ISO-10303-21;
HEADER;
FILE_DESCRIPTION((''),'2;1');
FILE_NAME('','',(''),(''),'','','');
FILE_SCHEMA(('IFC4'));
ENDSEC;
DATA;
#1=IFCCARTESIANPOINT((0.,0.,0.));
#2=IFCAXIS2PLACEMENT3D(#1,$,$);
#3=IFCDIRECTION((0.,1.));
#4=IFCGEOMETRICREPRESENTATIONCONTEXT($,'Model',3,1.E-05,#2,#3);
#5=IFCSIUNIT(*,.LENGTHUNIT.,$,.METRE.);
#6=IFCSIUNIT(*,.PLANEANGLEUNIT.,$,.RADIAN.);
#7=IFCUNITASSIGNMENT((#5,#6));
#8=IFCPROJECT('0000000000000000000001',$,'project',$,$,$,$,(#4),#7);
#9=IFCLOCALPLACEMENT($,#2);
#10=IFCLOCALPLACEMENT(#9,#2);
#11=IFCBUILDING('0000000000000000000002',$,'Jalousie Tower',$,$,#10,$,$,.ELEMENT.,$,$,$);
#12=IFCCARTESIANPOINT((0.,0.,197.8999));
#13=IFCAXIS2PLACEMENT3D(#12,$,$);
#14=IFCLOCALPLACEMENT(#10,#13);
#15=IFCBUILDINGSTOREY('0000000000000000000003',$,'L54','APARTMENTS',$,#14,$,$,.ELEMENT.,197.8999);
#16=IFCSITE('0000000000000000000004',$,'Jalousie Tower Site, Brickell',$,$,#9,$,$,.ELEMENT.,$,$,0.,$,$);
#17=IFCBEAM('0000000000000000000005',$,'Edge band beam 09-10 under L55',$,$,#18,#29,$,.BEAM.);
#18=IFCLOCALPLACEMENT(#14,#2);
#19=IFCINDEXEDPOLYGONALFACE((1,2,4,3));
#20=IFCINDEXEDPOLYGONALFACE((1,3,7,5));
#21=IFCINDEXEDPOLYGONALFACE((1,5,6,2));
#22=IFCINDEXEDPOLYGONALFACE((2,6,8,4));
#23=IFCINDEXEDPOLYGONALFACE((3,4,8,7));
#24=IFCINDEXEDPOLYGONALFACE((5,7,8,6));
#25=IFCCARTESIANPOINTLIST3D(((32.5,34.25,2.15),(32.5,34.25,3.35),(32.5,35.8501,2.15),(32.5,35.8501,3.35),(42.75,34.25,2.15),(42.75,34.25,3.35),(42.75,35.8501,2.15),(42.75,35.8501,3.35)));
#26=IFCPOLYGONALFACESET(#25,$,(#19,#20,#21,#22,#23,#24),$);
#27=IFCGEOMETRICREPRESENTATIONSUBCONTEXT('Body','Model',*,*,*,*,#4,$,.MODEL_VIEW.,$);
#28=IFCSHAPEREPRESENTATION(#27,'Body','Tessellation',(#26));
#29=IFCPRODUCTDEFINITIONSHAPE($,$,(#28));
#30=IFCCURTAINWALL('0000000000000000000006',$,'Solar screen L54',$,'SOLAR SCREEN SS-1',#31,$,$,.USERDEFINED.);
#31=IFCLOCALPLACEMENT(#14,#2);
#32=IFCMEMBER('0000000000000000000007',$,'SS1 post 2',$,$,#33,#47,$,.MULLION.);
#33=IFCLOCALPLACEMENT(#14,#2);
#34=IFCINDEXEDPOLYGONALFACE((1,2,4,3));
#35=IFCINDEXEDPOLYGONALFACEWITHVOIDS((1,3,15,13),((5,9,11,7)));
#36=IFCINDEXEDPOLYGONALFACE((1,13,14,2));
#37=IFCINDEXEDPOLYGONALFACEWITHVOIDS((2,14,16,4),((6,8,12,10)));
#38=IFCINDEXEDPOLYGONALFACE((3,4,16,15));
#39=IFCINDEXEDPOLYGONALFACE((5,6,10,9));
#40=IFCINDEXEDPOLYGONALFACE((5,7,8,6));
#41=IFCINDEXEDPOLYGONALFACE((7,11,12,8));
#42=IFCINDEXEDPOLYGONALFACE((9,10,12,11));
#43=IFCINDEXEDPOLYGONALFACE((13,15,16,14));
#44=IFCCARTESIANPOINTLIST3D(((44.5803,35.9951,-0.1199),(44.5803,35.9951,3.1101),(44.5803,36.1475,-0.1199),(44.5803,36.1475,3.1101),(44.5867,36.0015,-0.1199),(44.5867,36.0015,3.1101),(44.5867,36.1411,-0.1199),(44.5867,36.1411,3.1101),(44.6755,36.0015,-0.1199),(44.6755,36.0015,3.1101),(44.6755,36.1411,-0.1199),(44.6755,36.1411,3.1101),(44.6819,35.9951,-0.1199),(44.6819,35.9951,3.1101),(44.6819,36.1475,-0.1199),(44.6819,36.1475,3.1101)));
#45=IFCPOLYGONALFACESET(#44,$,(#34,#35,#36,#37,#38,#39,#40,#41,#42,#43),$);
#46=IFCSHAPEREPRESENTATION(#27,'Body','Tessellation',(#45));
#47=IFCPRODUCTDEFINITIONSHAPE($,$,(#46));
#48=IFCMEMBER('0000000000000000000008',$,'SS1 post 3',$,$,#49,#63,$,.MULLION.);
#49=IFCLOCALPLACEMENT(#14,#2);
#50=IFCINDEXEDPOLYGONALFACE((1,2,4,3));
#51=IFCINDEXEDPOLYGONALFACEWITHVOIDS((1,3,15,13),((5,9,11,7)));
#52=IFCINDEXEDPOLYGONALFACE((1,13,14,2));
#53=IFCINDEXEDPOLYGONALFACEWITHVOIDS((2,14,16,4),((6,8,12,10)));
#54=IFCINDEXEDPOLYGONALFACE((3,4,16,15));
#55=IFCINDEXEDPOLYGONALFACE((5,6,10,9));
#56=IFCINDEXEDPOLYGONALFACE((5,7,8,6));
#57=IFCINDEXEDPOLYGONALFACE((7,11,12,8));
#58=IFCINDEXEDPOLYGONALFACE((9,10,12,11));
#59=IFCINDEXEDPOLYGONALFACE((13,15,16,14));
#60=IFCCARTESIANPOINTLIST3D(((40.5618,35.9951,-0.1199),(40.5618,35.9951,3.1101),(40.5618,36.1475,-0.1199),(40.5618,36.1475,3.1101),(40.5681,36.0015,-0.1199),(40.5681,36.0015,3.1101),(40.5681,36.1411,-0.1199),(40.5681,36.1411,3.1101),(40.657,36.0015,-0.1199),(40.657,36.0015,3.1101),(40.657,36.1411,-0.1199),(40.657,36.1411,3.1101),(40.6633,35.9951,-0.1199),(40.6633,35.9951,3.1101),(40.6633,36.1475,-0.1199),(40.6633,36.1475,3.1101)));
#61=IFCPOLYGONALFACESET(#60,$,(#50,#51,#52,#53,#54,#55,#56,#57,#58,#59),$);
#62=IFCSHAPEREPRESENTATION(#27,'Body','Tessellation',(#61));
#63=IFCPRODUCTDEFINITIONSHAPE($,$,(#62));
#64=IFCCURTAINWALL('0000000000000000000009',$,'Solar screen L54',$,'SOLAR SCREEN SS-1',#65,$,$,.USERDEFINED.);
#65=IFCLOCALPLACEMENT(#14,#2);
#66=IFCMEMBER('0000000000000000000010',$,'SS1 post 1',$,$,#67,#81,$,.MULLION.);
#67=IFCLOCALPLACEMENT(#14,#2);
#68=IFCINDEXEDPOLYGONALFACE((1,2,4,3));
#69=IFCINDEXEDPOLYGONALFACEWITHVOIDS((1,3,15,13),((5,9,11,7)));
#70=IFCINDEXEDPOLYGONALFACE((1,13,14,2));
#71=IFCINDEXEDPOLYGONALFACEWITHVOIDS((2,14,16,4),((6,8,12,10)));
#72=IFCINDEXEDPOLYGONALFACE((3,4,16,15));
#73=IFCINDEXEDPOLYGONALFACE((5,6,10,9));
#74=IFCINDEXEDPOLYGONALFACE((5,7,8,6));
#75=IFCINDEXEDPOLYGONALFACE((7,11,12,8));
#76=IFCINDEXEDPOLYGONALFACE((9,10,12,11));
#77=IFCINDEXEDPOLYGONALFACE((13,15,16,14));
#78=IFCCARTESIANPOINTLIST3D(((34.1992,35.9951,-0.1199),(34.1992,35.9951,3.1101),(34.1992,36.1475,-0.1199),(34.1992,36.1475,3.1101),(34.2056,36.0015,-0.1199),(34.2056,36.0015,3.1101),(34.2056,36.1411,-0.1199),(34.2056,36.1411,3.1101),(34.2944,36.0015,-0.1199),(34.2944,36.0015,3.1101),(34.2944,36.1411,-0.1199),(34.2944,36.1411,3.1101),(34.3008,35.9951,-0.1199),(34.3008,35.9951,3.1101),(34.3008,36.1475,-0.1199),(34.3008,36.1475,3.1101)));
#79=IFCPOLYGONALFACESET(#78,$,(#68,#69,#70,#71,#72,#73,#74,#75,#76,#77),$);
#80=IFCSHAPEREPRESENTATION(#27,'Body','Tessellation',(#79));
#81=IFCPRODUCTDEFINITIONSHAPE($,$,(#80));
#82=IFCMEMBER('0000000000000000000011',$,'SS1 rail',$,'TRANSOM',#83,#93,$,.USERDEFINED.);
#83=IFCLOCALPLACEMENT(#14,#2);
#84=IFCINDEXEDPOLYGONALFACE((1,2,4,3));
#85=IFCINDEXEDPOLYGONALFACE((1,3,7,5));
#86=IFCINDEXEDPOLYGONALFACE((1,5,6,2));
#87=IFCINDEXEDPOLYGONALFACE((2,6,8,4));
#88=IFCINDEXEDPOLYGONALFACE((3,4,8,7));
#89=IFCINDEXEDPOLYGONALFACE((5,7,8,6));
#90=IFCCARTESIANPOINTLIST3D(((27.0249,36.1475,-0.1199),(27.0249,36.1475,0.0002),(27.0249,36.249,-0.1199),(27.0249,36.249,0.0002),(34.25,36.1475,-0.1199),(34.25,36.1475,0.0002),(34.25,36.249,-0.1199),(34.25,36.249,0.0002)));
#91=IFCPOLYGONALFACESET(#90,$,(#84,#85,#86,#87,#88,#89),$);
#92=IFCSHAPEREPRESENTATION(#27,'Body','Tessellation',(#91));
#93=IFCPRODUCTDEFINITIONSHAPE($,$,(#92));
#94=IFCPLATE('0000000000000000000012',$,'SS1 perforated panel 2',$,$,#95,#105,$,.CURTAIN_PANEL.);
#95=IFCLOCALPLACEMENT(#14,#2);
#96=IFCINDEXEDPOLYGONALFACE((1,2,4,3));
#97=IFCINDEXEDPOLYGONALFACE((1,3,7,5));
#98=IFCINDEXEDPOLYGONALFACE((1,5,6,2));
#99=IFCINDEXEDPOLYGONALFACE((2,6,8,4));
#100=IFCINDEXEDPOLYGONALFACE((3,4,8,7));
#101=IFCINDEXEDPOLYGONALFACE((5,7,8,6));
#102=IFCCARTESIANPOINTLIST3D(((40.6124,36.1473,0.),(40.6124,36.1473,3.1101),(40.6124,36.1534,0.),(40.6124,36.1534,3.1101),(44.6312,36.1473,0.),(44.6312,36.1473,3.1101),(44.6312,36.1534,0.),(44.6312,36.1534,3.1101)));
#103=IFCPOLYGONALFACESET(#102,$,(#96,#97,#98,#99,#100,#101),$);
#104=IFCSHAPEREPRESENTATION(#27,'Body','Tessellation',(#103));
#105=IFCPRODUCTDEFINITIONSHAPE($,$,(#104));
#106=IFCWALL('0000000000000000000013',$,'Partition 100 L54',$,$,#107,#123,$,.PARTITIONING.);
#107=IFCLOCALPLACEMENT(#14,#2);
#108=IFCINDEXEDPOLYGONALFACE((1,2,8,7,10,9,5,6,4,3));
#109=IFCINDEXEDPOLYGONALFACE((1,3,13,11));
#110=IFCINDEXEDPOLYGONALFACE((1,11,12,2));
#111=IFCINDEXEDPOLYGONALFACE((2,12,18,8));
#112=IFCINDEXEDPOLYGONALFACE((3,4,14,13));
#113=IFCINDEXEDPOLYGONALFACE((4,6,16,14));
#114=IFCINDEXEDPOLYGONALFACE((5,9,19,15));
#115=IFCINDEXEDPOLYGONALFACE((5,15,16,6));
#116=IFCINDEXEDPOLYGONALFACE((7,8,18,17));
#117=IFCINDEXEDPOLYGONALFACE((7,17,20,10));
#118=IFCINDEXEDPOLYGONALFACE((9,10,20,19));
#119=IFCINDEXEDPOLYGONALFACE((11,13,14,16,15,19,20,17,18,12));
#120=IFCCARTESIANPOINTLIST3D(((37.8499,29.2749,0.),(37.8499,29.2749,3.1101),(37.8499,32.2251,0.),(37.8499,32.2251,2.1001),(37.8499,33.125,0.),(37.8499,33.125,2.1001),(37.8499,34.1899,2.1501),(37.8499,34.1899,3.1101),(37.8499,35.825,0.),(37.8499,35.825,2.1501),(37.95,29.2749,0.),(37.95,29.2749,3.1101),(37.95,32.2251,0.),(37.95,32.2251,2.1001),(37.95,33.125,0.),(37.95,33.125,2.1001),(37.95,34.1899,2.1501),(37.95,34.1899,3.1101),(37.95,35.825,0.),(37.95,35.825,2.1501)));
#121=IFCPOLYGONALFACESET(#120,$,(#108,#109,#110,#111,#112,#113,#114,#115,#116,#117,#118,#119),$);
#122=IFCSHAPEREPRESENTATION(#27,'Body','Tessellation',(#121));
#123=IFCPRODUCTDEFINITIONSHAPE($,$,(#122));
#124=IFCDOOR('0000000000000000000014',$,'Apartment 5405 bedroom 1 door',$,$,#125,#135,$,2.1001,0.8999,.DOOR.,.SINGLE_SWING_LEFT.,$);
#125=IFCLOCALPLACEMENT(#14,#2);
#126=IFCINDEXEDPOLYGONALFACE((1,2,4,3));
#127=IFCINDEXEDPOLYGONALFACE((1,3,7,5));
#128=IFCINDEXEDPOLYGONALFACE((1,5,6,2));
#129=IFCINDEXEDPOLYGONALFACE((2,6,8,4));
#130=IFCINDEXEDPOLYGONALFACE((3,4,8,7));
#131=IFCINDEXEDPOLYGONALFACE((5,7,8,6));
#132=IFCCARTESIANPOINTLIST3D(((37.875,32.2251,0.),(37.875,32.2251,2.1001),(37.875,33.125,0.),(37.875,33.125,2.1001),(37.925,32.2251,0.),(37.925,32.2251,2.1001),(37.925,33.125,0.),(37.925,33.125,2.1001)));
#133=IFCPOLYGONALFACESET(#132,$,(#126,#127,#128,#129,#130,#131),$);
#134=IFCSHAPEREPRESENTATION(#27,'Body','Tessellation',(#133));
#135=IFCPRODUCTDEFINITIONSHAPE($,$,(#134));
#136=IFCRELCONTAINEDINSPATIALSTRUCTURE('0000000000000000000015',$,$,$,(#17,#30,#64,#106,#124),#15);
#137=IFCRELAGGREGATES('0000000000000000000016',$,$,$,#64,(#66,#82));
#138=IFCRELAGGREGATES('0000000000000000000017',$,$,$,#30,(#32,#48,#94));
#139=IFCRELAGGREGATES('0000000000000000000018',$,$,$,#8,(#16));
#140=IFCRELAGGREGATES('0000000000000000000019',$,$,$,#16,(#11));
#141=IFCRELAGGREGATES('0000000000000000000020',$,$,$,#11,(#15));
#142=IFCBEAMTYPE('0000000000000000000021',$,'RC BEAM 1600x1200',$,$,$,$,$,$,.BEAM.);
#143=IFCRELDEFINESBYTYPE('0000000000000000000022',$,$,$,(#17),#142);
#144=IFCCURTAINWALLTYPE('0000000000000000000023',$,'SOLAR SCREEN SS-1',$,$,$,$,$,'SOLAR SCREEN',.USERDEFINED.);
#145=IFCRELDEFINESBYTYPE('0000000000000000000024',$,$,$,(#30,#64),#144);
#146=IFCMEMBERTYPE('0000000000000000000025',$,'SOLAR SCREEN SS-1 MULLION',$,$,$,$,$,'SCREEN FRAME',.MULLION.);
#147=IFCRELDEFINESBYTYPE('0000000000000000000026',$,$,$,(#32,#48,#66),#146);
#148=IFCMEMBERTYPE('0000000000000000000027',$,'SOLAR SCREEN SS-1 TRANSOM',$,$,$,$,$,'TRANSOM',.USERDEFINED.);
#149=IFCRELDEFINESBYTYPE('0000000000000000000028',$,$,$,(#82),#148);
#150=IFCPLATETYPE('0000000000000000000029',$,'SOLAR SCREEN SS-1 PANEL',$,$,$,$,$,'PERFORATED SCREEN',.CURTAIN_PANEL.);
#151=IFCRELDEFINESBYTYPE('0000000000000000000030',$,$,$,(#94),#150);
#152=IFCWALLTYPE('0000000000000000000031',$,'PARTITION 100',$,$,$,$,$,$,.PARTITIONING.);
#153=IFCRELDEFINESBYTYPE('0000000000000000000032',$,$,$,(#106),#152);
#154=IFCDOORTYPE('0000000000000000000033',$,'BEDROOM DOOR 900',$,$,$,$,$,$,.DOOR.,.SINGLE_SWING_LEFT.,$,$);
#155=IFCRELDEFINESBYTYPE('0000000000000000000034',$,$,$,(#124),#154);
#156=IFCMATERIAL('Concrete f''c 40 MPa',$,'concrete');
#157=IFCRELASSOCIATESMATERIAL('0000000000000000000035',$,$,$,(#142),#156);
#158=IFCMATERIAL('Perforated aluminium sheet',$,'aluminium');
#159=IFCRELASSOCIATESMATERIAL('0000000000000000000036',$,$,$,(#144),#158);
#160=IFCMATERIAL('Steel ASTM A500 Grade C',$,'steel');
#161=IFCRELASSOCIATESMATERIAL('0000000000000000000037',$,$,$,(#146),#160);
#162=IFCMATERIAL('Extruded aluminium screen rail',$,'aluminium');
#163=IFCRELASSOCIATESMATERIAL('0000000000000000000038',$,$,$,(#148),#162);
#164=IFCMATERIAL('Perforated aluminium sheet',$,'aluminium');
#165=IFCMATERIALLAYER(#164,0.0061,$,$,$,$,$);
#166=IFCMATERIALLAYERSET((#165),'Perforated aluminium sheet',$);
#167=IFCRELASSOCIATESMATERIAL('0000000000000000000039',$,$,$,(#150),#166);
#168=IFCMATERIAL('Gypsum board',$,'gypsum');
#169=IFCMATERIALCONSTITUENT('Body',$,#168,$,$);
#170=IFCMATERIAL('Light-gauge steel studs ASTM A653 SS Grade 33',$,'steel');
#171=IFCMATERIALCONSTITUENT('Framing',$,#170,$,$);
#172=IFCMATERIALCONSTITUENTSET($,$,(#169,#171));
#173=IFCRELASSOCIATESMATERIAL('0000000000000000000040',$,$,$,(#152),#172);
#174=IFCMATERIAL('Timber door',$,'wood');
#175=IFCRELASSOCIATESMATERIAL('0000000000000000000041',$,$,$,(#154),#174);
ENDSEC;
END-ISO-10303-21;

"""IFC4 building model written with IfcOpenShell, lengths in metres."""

from ifc_helpers import new_model, si_unit, direction, frame, frame_2d, origin, origin_2d, place, context, subcontext, project, spatial, polyline, rectangle, hollow_rectangle, outline, extrude, material, layer, layer_set, constituent, constituent_set, material_profile, profile_set, type_object, element, fill, aggregate, save


model = new_model("IFC4")

# Units and contexts
model_context = context("Model", 3, precision=1e-05, world=origin(), true_north=direction((0.0, 1.0)))
body_context = subcontext(model_context, "Body", "Model", "MODEL_VIEW")
ifc_project = project(units=[si_unit("LENGTHUNIT", "METRE"), si_unit("PLANEANGLEUNIT", "RADIAN")], contexts=[model_context])

# Site, building, storey
site_placement = place(None, origin())
site = spatial("IfcSite", under=ifc_project, at=site_placement, Name="Jalousie Tower Site, Brickell", CompositionType="ELEMENT", RefElevation=0.0)
building_placement = place(site_placement, origin())
building = spatial("IfcBuilding", under=site, at=building_placement, Name="Jalousie Tower", CompositionType="ELEMENT")
storey_placement = place(building_placement, frame((0.0, 0.0, 197.8999)))
storey = spatial("IfcBuildingStorey", under=building, at=storey_placement, Name="L54", Description="APARTMENTS", CompositionType="ELEMENT", Elevation=197.8999)

# Beam
ifc_material_1 = material(Name="Concrete f'c 40 MPa", Category="concrete")
ifc_material_profile_1 = material_profile(ifc_material_1, rectangle(XDim=1.6001, YDim=1.2, at=origin_2d()), Name="RC 1600x1200")
ifc_profile_set_1 = profile_set([ifc_material_profile_1], Name="Concrete f'c 40 MPa")
beam_type_1 = type_object("IfcBeamType", Name="RC BEAM 1600x1200", PredefinedType="BEAM", material=ifc_profile_set_1)
beam_placement = place(storey_placement, frame((42.75, 35.05, 2.75), z_axis=(-1.0, 0.0, 0.0), x_axis=(0.0, -1.0, 0.0)))
element("IfcBeam", 1, at=beam_placement, inside=storey, type_object=beam_type_1, Name="Edge band beam 09-10 under L55", PredefinedType="BEAM", context=body_context, shape_type="SweptSolid", body=[
    extrude(rectangle(XDim=1.6001, YDim=1.2, at=origin_2d()), origin(), (0.0, 0.0, 1.0), 10.25),
])

# Curtain walls, members
ifc_material_2 = material(Name="Perforated aluminium sheet", Category="aluminium")
curtain_wall_type = type_object("IfcCurtainWallType", Name="SOLAR SCREEN SS-1", ElementType="SOLAR SCREEN", PredefinedType="USERDEFINED", material=ifc_material_2)
curtain_wall_1_placement = place(storey_placement, origin())
curtain_wall_1 = element("IfcCurtainWall", 2, at=curtain_wall_1_placement, inside=storey, type_object=curtain_wall_type, Name="Solar screen L54", ObjectType="SOLAR SCREEN SS-1", PredefinedType="USERDEFINED")
ifc_material_3 = material(Name="Steel ASTM A500 Grade C", Category="steel")
ifc_material_profile_2 = material_profile(ifc_material_3, hollow_rectangle(XDim=0.1016, YDim=0.1523, WallThickness=0.0063, at=origin_2d()), Name="HSS6X4X1/4")
ifc_profile_set_2 = profile_set([ifc_material_profile_2], Name="Steel ASTM A500 Grade C")
member_type_1 = type_object("IfcMemberType", Name="SOLAR SCREEN SS-1 MULLION", ElementType="SCREEN FRAME", PredefinedType="MULLION", material=ifc_profile_set_2)
member_1_placement = place(storey_placement, frame((44.6311, 36.0713, -0.1199), z_axis=(0.0, 0.0, 1.0), x_axis=(-1.0, 0.0, 0.0)))
member_1 = element("IfcMember", 3, at=member_1_placement, type_object=member_type_1, Name="SS1 post 2", PredefinedType="MULLION", context=body_context, shape_type="SweptSolid", body=[
    extrude(hollow_rectangle(XDim=0.1016, YDim=0.1523, WallThickness=0.0063, at=origin_2d()), origin(), (0.0, 0.0, 1.0), 3.23),
])
member_2_placement = place(storey_placement, frame((40.6125, 36.0713, -0.1199), z_axis=(0.0, 0.0, 1.0), x_axis=(-1.0, 0.0, 0.0)))
member_2 = element("IfcMember", 4, at=member_2_placement, type_object=member_type_1, Name="SS1 post 3", PredefinedType="MULLION", context=body_context, shape_type="SweptSolid", body=[
    extrude(hollow_rectangle(XDim=0.1016, YDim=0.1523, WallThickness=0.0063, at=origin_2d()), origin(), (0.0, 0.0, 1.0), 3.23),
])
curtain_wall_2_placement = place(storey_placement, origin())
curtain_wall_2 = element("IfcCurtainWall", 5, at=curtain_wall_2_placement, inside=storey, type_object=curtain_wall_type, Name="Solar screen L54", ObjectType="SOLAR SCREEN SS-1", PredefinedType="USERDEFINED")
member_3_placement = place(storey_placement, frame((34.25, 36.0713, -0.1199), z_axis=(0.0, 0.0, 1.0), x_axis=(-1.0, 0.0, 0.0)))
member_3 = element("IfcMember", 6, at=member_3_placement, type_object=member_type_1, Name="SS1 post 1", PredefinedType="MULLION", context=body_context, shape_type="SweptSolid", body=[
    extrude(hollow_rectangle(XDim=0.1016, YDim=0.1523, WallThickness=0.0063, at=origin_2d()), origin(), (0.0, 0.0, 1.0), 3.23),
])
ifc_material_4 = material(Name="Extruded aluminium screen rail", Category="aluminium")
ifc_material_profile_3 = material_profile(ifc_material_4, rectangle(XDim=0.1016, YDim=0.1201, at=origin_2d()), Name="RAIL 102x120")
ifc_profile_set_3 = profile_set([ifc_material_profile_3], Name="Extruded aluminium screen rail")
member_type_2 = type_object("IfcMemberType", Name="SOLAR SCREEN SS-1 TRANSOM", ElementType="TRANSOM", PredefinedType="USERDEFINED", material=ifc_profile_set_3)
member_4_placement = place(storey_placement, frame((34.25, 36.1982, -0.0598), z_axis=(-1.0, 0.0, 0.0), x_axis=(0.0, -1.0, 0.0)))
member_4 = element("IfcMember", 7, at=member_4_placement, type_object=member_type_2, Name="SS1 rail", ObjectType="TRANSOM", PredefinedType="USERDEFINED", context=body_context, shape_type="SweptSolid", body=[
    extrude(rectangle(XDim=0.1016, YDim=0.1201, at=origin_2d()), origin(), (0.0, 0.0, 1.0), 7.2251),
])
aggregate(curtain_wall_2, [member_3, member_4])

# Plate
ifc_material_5 = material(Name="Perforated aluminium sheet", Category="aluminium")
ifc_layer_1 = layer(ifc_material_5, 0.0061)
ifc_layer_set_1 = layer_set([ifc_layer_1], Name="Perforated aluminium sheet")
plate_type = type_object("IfcPlateType", Name="SOLAR SCREEN SS-1 PANEL", ElementType="PERFORATED SCREEN", PredefinedType="CURTAIN_PANEL", material=ifc_layer_set_1)
plate_placement = place(storey_placement, frame((42.6218, 36.1504, 0.0), z_axis=(0.0, 0.0, 1.0), x_axis=(-1.0, 0.0, 0.0)))
plate = element("IfcPlate", 8, at=plate_placement, type_object=plate_type, Name="SS1 perforated panel 2", PredefinedType="CURTAIN_PANEL", context=body_context, shape_type="SweptSolid", body=[
    extrude(rectangle(XDim=4.0188, YDim=0.0061, at=origin_2d()), origin(), (0.0, 0.0, 1.0), 3.1101),
])
aggregate(curtain_wall_1, [member_1, member_2, plate])

# Wall, opening, door
ifc_material_6 = material(Name="Gypsum board", Category="gypsum")
ifc_constituent_1 = constituent(ifc_material_6, Name="Body")
ifc_material_7 = material(Name="Light-gauge steel studs ASTM A653 SS Grade 33", Category="steel")
ifc_constituent_2 = constituent(ifc_material_7, Name="Framing")
ifc_constituent_set_1 = constituent_set(constituents=[ifc_constituent_1, ifc_constituent_2])
wall_type_1 = type_object("IfcWallType", Name="PARTITION 100", PredefinedType="PARTITIONING", material=ifc_constituent_set_1)
wall_1_placement = place(storey_placement, frame((37.8999, 35.825, 0.0), z_axis=(0.0, 0.0, 1.0), x_axis=(0.0, -1.0, 0.0)))
wall_1 = element("IfcWall", 9, at=wall_1_placement, inside=storey, type_object=wall_type_1, Name="Partition 100 L54", PredefinedType="PARTITIONING", context=body_context, shape_type="SweptSolid", body=[
    extrude(outline(polyline([(0.0, 0.0), (6.55, 0.0), (6.55, 3.1101), (1.635, 3.1101), (1.635, 2.1501), (0.0, 2.1501), (0.0, 3.1101), (0.0, 0.0)])), frame((0.0, 0.05, 0.0), z_axis=(0.0, -1.0, 0.0), x_axis=(1.0, 0.0, 0.0)), (0.0, 0.0, 1.0), 0.1001),
])
opening_1_placement = place(wall_1_placement, frame((2.7, 0.0, 0.0)))
opening_1 = element("IfcOpeningElement", 10, at=opening_1_placement, cuts=wall_1, PredefinedType="OPENING", context=body_context, shape_type="SweptSolid", body=[
    extrude(rectangle(XDim=0.8999, YDim=2.1001, at=frame_2d((0.45, 1.05))), frame((0.0, 0.0601, 0.0), z_axis=(0.0, -1.0, 0.0), x_axis=(1.0, 0.0, 0.0)), (0.0, 0.0, 1.0), 0.1201),
])
ifc_material_8 = material(Name="Timber door", Category="wood")
door_type_1 = type_object("IfcDoorType", Name="BEDROOM DOOR 900", OperationType="SINGLE_SWING_LEFT", PredefinedType="DOOR", material=ifc_material_8)
door_1_placement = place(opening_1_placement, frame((0.8999, 0.0, 0.0), z_axis=(0.0, 0.0, 1.0), x_axis=(-1.0, 0.0, 0.0)))
door_1 = element("IfcDoor", 11, at=door_1_placement, inside=storey, type_object=door_type_1, Name="Apartment 5405 bedroom 1 door", OperationType="SINGLE_SWING_LEFT", OverallHeight=2.1001, OverallWidth=0.8999, PredefinedType="DOOR", context=body_context, shape_type="SweptSolid", body=[
    extrude(rectangle(XDim=0.8999, YDim=2.1001, at=frame_2d((0.45, 1.05))), frame((0.0, 0.0249, 0.0), z_axis=(0.0, -1.0, 0.0), x_axis=(1.0, 0.0, 0.0)), (0.0, 0.0, 1.0), 0.05),
])
fill(opening_1, door_1)

save(model, "model.ifc")
